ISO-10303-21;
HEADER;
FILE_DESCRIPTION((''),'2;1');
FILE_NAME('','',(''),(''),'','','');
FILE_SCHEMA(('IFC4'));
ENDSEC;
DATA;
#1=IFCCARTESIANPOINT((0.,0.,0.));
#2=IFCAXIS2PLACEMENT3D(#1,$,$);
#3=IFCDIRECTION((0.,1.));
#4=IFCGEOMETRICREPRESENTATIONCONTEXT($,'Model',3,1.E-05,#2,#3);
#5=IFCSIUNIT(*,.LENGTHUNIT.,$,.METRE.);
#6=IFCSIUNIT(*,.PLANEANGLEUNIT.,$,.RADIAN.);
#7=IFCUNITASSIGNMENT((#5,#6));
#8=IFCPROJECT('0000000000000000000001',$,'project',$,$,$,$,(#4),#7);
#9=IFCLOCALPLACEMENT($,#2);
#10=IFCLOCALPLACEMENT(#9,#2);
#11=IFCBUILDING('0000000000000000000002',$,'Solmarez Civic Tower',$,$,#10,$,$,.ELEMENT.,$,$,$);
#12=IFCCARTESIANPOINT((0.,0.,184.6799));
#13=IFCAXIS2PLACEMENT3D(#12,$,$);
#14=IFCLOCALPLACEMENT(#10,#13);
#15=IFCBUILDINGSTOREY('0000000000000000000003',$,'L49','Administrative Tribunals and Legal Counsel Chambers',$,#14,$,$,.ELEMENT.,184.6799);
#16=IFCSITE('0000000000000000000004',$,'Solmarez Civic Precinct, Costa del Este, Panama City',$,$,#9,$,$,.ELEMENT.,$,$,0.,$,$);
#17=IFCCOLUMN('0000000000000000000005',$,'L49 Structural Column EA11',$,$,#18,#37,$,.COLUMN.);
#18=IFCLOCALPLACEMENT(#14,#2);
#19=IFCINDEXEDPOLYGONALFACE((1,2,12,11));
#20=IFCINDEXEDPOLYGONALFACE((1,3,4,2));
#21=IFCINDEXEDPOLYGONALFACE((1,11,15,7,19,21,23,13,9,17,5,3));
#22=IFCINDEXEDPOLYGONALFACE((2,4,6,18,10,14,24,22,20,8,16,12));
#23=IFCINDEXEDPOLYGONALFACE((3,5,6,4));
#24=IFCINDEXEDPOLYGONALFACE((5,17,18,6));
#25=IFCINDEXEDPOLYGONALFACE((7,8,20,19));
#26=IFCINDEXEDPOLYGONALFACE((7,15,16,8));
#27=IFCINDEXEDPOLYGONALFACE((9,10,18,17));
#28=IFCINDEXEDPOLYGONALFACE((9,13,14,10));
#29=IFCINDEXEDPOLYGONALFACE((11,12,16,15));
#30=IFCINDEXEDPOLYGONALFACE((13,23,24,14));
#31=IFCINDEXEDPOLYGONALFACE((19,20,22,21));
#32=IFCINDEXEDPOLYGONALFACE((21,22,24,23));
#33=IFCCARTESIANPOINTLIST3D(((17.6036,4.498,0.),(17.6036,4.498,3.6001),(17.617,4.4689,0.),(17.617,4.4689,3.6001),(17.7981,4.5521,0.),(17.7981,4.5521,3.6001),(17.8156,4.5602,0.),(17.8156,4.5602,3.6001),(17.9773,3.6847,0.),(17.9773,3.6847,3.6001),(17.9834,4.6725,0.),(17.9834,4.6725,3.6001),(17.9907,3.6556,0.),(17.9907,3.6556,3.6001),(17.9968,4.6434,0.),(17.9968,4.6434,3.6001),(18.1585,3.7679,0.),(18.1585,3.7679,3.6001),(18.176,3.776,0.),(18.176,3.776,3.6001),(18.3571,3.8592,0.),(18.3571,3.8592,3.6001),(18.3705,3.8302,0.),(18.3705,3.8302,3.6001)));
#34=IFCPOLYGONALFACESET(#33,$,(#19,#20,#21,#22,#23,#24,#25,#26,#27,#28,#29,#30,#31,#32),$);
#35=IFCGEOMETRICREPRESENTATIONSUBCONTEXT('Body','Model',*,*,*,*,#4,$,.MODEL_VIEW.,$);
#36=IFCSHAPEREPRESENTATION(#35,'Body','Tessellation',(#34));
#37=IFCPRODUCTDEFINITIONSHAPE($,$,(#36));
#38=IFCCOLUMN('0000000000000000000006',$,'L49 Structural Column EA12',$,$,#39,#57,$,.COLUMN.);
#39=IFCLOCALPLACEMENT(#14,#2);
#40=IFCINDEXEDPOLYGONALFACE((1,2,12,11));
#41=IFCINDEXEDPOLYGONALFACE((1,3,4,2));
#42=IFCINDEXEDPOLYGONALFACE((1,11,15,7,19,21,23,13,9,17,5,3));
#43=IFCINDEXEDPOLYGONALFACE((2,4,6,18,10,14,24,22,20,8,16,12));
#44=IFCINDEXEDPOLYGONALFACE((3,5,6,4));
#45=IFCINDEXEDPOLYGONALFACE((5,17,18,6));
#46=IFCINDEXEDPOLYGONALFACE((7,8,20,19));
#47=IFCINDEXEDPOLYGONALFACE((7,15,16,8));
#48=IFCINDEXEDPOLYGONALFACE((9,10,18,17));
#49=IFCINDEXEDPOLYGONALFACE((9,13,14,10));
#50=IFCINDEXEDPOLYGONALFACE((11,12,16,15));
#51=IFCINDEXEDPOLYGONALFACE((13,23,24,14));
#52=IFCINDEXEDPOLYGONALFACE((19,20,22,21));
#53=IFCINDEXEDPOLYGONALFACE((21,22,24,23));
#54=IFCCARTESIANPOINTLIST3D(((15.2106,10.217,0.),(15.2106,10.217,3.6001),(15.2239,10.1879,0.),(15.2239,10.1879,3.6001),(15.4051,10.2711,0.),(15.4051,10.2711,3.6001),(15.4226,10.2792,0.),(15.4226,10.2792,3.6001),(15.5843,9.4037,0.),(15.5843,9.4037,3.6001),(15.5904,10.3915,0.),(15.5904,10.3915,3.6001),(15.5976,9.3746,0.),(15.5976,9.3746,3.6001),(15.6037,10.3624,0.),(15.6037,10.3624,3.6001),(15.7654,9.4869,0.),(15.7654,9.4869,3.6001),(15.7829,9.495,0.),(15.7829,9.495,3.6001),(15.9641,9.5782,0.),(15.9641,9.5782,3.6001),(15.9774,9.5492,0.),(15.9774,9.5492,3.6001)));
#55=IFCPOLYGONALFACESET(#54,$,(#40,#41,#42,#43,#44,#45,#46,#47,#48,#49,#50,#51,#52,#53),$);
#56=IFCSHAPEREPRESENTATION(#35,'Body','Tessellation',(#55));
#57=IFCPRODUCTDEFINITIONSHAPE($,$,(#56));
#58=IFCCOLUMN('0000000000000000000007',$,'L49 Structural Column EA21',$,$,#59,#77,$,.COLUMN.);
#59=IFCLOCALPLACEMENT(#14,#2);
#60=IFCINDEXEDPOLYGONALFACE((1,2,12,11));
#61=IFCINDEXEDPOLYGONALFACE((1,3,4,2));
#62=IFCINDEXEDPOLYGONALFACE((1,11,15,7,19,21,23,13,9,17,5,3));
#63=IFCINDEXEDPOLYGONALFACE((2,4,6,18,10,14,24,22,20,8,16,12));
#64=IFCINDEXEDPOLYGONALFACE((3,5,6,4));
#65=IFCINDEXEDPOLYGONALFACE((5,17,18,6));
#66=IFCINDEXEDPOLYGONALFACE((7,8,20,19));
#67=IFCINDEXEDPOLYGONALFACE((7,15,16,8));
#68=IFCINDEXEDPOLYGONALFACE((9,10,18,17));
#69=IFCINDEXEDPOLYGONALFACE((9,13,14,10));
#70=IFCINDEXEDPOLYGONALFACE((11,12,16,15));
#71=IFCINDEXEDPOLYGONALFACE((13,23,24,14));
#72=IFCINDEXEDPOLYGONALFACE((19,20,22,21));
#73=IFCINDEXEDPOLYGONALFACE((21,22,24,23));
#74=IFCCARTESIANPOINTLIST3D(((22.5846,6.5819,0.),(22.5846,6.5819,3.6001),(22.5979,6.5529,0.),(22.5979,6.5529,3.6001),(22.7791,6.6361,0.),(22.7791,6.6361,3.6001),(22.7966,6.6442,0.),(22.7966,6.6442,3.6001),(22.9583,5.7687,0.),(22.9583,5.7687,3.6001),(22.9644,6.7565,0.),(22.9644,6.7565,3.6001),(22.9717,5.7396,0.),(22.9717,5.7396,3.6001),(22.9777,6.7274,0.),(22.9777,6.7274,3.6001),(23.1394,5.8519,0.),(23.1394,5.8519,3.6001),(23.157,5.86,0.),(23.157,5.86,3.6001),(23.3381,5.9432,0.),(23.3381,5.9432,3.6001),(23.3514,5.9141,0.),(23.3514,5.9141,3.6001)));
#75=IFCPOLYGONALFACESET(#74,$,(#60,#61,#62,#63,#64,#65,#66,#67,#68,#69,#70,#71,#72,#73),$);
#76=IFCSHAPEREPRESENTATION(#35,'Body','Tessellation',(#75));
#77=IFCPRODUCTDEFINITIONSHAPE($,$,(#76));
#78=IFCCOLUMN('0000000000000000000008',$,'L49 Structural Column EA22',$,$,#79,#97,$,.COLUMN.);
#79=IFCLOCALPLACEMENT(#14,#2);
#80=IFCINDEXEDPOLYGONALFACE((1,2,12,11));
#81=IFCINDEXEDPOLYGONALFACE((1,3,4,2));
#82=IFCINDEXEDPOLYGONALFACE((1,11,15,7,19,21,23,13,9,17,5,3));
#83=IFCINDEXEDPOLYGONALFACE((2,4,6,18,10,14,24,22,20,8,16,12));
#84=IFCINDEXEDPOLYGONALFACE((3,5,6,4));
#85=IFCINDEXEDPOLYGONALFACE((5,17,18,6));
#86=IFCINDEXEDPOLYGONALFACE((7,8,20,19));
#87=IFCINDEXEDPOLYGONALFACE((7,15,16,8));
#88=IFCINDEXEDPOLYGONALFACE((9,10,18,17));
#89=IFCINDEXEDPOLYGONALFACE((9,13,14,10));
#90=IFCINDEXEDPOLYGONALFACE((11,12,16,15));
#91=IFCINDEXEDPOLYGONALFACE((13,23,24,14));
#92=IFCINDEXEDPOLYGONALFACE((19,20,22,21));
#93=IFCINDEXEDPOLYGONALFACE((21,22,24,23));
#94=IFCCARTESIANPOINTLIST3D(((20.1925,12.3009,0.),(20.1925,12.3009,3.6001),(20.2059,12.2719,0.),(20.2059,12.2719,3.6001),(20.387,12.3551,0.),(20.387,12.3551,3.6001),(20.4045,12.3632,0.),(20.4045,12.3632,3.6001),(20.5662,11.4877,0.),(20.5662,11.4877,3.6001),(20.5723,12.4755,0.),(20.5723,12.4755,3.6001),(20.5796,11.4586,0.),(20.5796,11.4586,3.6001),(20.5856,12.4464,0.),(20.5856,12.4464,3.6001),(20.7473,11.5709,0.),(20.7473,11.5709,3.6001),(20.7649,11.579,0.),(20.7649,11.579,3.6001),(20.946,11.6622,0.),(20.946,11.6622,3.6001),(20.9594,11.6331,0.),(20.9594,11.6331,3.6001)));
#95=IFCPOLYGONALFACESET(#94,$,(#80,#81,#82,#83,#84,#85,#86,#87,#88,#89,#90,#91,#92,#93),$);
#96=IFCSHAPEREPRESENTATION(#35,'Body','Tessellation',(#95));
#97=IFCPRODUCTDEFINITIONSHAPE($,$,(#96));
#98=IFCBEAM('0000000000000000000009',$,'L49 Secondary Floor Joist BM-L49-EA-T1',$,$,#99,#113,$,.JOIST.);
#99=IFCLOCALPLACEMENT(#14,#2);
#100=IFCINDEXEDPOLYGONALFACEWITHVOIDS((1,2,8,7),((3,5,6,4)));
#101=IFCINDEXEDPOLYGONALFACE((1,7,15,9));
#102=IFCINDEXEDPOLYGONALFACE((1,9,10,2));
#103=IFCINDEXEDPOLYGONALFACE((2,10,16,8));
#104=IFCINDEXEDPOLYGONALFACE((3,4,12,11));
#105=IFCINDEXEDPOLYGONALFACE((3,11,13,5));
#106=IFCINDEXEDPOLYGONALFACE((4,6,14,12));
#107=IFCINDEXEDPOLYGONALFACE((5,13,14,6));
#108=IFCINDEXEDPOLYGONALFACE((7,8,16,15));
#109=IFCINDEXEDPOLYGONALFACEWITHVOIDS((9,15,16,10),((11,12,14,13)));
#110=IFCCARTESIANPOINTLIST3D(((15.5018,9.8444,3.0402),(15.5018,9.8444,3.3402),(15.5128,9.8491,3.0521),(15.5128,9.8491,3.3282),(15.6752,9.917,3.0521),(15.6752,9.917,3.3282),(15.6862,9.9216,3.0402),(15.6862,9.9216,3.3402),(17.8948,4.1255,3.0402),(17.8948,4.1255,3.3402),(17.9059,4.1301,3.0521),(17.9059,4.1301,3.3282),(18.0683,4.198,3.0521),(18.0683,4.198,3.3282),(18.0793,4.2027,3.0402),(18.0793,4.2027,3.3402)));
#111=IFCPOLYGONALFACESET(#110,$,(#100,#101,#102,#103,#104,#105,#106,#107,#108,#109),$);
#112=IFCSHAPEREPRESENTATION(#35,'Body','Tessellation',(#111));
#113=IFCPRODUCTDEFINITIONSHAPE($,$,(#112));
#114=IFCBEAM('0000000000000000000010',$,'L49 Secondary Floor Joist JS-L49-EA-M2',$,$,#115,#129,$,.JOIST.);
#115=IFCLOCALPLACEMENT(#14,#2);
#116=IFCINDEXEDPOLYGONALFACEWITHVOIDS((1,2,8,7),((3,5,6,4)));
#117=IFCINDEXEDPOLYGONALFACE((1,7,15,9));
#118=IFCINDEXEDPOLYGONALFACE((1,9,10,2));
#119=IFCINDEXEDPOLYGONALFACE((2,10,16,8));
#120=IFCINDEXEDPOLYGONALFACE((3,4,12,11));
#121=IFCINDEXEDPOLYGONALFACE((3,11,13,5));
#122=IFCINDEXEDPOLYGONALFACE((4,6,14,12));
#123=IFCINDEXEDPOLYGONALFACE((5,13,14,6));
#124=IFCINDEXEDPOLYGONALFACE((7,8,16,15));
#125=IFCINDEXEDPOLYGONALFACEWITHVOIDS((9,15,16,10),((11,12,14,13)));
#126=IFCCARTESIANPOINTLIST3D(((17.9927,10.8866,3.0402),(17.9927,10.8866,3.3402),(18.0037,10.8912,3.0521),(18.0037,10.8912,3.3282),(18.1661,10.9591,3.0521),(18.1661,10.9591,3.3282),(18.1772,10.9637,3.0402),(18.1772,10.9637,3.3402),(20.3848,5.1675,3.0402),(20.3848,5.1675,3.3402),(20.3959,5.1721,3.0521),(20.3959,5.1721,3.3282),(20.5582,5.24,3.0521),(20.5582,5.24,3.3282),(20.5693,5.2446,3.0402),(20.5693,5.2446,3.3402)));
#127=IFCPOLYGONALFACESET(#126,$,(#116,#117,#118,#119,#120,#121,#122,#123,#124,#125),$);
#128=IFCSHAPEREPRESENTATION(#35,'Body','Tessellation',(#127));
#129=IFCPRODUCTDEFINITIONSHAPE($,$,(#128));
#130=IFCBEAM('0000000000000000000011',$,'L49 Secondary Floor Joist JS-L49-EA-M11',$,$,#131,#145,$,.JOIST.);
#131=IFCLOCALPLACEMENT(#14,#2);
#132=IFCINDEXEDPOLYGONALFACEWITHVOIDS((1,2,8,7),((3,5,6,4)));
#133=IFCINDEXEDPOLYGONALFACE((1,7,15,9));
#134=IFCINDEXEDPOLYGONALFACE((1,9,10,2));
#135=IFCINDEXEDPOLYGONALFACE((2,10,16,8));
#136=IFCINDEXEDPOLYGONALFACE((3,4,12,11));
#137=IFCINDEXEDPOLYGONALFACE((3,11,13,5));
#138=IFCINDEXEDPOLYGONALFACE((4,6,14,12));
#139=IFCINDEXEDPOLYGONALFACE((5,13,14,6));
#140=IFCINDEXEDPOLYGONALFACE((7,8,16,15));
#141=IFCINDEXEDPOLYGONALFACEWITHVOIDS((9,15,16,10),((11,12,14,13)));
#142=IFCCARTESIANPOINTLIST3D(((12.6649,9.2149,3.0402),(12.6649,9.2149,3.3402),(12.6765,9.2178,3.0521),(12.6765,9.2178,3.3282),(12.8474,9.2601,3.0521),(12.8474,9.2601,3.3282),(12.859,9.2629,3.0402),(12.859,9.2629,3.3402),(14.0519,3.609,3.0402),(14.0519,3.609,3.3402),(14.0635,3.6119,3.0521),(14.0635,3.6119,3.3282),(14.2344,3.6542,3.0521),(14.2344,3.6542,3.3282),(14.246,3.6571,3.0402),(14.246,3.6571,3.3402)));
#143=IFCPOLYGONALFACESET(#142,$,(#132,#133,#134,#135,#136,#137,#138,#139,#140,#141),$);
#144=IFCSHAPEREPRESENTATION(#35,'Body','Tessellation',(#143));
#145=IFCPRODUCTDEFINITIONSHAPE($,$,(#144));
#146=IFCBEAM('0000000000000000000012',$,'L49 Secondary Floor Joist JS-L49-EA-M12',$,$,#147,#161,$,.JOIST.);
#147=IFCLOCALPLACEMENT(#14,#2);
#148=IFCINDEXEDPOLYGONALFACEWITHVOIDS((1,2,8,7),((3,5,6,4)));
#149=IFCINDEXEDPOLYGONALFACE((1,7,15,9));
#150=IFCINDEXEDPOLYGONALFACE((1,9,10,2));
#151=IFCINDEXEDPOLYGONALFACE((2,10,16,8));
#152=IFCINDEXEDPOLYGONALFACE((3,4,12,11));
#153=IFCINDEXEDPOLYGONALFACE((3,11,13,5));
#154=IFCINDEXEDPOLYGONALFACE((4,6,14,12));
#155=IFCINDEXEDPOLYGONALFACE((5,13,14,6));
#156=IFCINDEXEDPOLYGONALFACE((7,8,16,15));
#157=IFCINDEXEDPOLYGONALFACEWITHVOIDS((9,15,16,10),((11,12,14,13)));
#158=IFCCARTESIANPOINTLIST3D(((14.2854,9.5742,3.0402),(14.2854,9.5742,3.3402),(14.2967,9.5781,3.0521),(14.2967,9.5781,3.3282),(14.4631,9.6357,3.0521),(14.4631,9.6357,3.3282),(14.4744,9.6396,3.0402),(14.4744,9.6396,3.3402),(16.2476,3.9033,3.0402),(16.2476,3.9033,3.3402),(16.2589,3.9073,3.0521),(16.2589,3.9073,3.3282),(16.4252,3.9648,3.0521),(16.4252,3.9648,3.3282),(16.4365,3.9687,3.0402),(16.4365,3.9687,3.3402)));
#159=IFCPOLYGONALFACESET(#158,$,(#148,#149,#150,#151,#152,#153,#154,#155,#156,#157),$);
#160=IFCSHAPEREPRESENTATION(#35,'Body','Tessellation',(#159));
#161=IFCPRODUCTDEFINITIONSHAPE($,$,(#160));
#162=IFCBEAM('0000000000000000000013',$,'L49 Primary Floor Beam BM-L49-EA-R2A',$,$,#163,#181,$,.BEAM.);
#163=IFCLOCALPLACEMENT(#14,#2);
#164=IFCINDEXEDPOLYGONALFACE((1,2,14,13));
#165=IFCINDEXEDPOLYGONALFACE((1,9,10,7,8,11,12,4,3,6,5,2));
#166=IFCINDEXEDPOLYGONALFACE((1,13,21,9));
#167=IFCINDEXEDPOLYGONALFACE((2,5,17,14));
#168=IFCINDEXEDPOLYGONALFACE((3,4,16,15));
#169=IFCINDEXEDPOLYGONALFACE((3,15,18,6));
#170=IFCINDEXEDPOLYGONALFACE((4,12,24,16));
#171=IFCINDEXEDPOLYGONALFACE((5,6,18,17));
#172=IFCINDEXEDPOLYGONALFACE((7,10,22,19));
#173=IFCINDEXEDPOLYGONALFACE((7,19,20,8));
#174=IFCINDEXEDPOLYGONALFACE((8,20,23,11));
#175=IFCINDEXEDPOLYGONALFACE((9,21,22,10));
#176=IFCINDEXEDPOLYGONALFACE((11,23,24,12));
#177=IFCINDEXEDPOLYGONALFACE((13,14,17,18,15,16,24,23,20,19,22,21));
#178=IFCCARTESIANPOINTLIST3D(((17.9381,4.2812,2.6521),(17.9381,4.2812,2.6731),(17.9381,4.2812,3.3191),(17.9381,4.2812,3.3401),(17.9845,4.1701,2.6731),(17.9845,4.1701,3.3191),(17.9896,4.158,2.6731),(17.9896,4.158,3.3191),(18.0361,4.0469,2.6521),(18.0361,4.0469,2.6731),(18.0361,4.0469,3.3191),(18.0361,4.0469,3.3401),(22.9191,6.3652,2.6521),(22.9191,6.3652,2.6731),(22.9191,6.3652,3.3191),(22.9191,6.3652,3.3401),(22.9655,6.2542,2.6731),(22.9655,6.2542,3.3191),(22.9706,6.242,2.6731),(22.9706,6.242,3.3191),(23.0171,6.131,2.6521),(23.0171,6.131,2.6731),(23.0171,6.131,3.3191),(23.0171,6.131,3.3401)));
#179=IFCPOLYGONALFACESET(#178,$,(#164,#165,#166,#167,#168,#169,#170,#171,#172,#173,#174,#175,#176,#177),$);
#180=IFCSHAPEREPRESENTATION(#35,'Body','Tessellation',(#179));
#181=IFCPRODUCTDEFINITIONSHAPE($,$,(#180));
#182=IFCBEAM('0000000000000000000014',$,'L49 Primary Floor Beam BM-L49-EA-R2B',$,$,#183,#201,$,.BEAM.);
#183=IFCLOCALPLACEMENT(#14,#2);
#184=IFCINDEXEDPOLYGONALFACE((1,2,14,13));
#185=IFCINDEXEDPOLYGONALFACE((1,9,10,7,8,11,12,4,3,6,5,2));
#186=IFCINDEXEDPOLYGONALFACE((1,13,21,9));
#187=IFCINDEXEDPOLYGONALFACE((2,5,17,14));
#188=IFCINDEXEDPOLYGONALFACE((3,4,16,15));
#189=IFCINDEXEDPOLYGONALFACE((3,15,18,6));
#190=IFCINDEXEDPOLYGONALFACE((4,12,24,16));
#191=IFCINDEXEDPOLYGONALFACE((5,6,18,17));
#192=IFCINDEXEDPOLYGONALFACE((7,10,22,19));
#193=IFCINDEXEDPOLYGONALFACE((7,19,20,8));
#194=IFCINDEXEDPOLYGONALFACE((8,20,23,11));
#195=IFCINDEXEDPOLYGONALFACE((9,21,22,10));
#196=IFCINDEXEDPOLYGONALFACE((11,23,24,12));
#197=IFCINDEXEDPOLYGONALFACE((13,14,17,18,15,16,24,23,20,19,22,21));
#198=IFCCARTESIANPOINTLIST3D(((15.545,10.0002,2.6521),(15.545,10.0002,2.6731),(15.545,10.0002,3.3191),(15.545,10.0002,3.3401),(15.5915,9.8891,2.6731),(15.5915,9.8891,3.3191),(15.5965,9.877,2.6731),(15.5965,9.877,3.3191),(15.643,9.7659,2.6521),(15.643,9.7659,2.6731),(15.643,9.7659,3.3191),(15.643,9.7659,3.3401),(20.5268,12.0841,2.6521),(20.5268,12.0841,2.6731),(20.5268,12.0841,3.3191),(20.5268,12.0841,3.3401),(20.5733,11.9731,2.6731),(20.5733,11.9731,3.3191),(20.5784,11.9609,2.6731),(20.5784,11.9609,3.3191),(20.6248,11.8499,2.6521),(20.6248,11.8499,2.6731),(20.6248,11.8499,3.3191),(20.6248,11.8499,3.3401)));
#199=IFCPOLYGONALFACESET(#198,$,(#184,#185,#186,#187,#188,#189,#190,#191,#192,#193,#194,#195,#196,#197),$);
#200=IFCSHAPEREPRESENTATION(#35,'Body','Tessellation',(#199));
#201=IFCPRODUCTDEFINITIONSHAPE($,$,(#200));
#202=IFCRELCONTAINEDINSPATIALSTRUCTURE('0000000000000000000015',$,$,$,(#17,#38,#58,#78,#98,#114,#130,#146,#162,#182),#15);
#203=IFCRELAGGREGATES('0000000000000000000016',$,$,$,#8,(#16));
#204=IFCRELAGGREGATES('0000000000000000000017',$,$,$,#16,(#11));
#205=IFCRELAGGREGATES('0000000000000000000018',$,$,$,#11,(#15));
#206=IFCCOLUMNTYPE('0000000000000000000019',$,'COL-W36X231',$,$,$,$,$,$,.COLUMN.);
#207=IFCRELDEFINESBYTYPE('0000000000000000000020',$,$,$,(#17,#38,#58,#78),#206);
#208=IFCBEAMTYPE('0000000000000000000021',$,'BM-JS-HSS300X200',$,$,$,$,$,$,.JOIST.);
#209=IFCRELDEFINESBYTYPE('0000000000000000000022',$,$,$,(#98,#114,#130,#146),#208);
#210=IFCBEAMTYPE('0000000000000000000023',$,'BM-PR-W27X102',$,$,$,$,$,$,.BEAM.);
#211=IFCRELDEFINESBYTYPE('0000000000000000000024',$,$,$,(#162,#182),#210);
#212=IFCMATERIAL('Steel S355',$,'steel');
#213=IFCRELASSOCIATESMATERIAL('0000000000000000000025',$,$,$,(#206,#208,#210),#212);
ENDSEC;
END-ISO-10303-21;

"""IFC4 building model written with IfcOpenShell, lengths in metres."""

from ifc_helpers import new_model, si_unit, direction, frame, origin, origin_2d, place, context, subcontext, project, spatial, hollow_rectangle, i_section, extrude, material, material_profile, profile_set, type_object, element, save


model = new_model("IFC4")

# Units and contexts
model_context = context("Model", 3, precision=1e-05, world=origin(), true_north=direction((0.0, 1.0)))
body_context = subcontext(model_context, "Body", "Model", "MODEL_VIEW")
ifc_project = project(units=[si_unit("LENGTHUNIT", "METRE"), si_unit("PLANEANGLEUNIT", "RADIAN")], contexts=[model_context])

# Site, building, storey
site_placement = place(None, origin())
site = spatial("IfcSite", under=ifc_project, at=site_placement, Name="Solmarez Civic Precinct, Costa del Este, Panama City", CompositionType="ELEMENT", RefElevation=0.0)
building_placement = place(site_placement, origin())
building = spatial("IfcBuilding", under=site, at=building_placement, Name="Solmarez Civic Tower", CompositionType="ELEMENT")
storey_placement = place(building_placement, frame((0.0, 0.0, 184.6799)))
storey = spatial("IfcBuildingStorey", under=building, at=storey_placement, Name="L49", Description="Administrative Tribunals and Legal Counsel Chambers", CompositionType="ELEMENT", Elevation=184.6799)

# Columns
ifc_material_1 = material(Name="Steel S355", Category="steel")
ifc_material_profile_1 = material_profile(ifc_material_1, i_section(OverallWidth=0.418, OverallDepth=0.927, WebThickness=0.0193, FlangeThickness=0.032, at=origin_2d()), Name="W36X231")
ifc_profile_set_1 = profile_set([ifc_material_profile_1], Name="Steel S355")
column_type = type_object("IfcColumnType", Name="COL-W36X231", PredefinedType="COLUMN", material=ifc_profile_set_1)
for number, where, z_axis, x_axis, name in (
    (1, (17.9871, 4.1641, 0.0), (0.0, 0.0, 1.0), (0.908654, 0.41755, 0.0), "L49 Structural Column EA11"),
    (2, (15.594, 9.8831, 0.0), (0.0, 0.0, 1.0), (0.908654, 0.41755, 0.0), "L49 Structural Column EA12"),
    (3, (22.968, 6.248, 0.0), (0.0, 0.0, 1.0), (0.908654, 0.41755, 0.0), "L49 Structural Column EA21"),
    (4, (20.5759, 11.967, 0.0), (0.0, 0.0, 1.0), (0.908654, 0.41755, 0.0), "L49 Structural Column EA22"),
):
    element("IfcColumn", number, at=place(storey_placement, frame(where, z_axis=z_axis, x_axis=x_axis)), inside=storey, type_object=column_type, Name=name, PredefinedType="COLUMN", context=body_context, shape_type="SweptSolid", body=[
        extrude(i_section(OverallWidth=0.418, OverallDepth=0.927, WebThickness=0.0193, FlangeThickness=0.032, at=origin_2d()), origin(), (0.0, 0.0, 1.0), 3.6001),
    ])

# Beams
ifc_material_profile_2 = material_profile(ifc_material_1, hollow_rectangle(XDim=0.2, YDim=0.3, WallThickness=0.012, at=origin_2d()), Name="HSS300X200X12")
ifc_profile_set_2 = profile_set([ifc_material_profile_2], Name="Steel S355")
beam_type_1 = type_object("IfcBeamType", Name="BM-JS-HSS300X200", PredefinedType="JOIST", material=ifc_profile_set_2)
beam_1_placement = place(storey_placement, frame((17.9871, 4.1641, 3.1902), z_axis=(-0.38601, 0.922494, 0.0), x_axis=(-0.922494, -0.38601, 0.0)))
element("IfcBeam", 5, at=beam_1_placement, inside=storey, type_object=beam_type_1, Name="L49 Secondary Floor Joist BM-L49-EA-T1", PredefinedType="JOIST", context=body_context, shape_type="SweptSolid", body=[
    extrude(hollow_rectangle(XDim=0.2, YDim=0.3, WallThickness=0.012, at=origin_2d()), origin(), (0.0, 0.0, 1.0), 6.1995),
])
beam_2_placement = place(storey_placement, frame((20.4771, 5.2061, 3.1902), z_axis=(-0.385876, 0.922551, 0.0), x_axis=(-0.922551, -0.385876, 0.0)))
element("IfcBeam", 6, at=beam_2_placement, inside=storey, type_object=beam_type_1, Name="L49 Secondary Floor Joist JS-L49-EA-M2", PredefinedType="JOIST", context=body_context, shape_type="SweptSolid", body=[
    extrude(hollow_rectangle(XDim=0.2, YDim=0.3, WallThickness=0.012, at=origin_2d()), origin(), (0.0, 0.0, 1.0), 6.1992),
])
beam_3_placement = place(storey_placement, frame((14.1489, 3.6331, 3.1902), z_axis=(-0.240167, 0.970731, 0.0), x_axis=(-0.970731, -0.240167, 0.0)))
element("IfcBeam", 7, at=beam_3_placement, inside=storey, type_object=beam_type_1, Name="L49 Secondary Floor Joist JS-L49-EA-M11", PredefinedType="JOIST", context=body_context, shape_type="SweptSolid", body=[
    extrude(hollow_rectangle(XDim=0.2, YDim=0.3, WallThickness=0.012, at=origin_2d()), origin(), (0.0, 0.0, 1.0), 5.7749),
])
beam_4_placement = place(storey_placement, frame((16.342, 3.936, 3.1902), z_axis=(-0.326985, 0.94503, 0.0), x_axis=(-0.94503, -0.326985, 0.0)))
element("IfcBeam", 8, at=beam_4_placement, inside=storey, type_object=beam_type_1, Name="L49 Secondary Floor Joist JS-L49-EA-M12", PredefinedType="JOIST", context=body_context, shape_type="SweptSolid", body=[
    extrude(hollow_rectangle(XDim=0.2, YDim=0.3, WallThickness=0.012, at=origin_2d()), origin(), (0.0, 0.0, 1.0), 6.0007),
])
ifc_material_profile_3 = material_profile(ifc_material_1, i_section(OverallWidth=0.2539, OverallDepth=0.688, WebThickness=0.0132, FlangeThickness=0.021, at=origin_2d()), Name="W27X102")
ifc_profile_set_3 = profile_set([ifc_material_profile_3], Name="Steel S355")
beam_type_2 = type_object("IfcBeamType", Name="BM-PR-W27X102", PredefinedType="BEAM", material=ifc_profile_set_3)
beam_5_placement = place(storey_placement, frame((17.9871, 4.1641, 2.9961), z_axis=(0.922511, 0.38597, 0.0), x_axis=(-0.38597, 0.922511, 0.0)))
element("IfcBeam", 9, at=beam_5_placement, inside=storey, type_object=beam_type_2, Name="L49 Primary Floor Beam BM-L49-EA-R2A", PredefinedType="BEAM", context=body_context, shape_type="SweptSolid", body=[
    extrude(i_section(OverallWidth=0.2539, OverallDepth=0.688, WebThickness=0.0132, FlangeThickness=0.021, at=origin_2d()), origin(), (0.0, 0.0, 1.0), 5.3994),
])
beam_6_placement = place(storey_placement, frame((15.594, 9.8831, 2.9961), z_axis=(0.922538, 0.385905, 0.0), x_axis=(-0.385905, 0.922538, 0.0)))
element("IfcBeam", 10, at=beam_6_placement, inside=storey, type_object=beam_type_2, Name="L49 Primary Floor Beam BM-L49-EA-R2B", PredefinedType="BEAM", context=body_context, shape_type="SweptSolid", body=[
    extrude(i_section(OverallWidth=0.2539, OverallDepth=0.688, WebThickness=0.0132, FlangeThickness=0.021, at=origin_2d()), origin(), (0.0, 0.0, 1.0), 5.4001),
])

save(model, "model.ifc")
